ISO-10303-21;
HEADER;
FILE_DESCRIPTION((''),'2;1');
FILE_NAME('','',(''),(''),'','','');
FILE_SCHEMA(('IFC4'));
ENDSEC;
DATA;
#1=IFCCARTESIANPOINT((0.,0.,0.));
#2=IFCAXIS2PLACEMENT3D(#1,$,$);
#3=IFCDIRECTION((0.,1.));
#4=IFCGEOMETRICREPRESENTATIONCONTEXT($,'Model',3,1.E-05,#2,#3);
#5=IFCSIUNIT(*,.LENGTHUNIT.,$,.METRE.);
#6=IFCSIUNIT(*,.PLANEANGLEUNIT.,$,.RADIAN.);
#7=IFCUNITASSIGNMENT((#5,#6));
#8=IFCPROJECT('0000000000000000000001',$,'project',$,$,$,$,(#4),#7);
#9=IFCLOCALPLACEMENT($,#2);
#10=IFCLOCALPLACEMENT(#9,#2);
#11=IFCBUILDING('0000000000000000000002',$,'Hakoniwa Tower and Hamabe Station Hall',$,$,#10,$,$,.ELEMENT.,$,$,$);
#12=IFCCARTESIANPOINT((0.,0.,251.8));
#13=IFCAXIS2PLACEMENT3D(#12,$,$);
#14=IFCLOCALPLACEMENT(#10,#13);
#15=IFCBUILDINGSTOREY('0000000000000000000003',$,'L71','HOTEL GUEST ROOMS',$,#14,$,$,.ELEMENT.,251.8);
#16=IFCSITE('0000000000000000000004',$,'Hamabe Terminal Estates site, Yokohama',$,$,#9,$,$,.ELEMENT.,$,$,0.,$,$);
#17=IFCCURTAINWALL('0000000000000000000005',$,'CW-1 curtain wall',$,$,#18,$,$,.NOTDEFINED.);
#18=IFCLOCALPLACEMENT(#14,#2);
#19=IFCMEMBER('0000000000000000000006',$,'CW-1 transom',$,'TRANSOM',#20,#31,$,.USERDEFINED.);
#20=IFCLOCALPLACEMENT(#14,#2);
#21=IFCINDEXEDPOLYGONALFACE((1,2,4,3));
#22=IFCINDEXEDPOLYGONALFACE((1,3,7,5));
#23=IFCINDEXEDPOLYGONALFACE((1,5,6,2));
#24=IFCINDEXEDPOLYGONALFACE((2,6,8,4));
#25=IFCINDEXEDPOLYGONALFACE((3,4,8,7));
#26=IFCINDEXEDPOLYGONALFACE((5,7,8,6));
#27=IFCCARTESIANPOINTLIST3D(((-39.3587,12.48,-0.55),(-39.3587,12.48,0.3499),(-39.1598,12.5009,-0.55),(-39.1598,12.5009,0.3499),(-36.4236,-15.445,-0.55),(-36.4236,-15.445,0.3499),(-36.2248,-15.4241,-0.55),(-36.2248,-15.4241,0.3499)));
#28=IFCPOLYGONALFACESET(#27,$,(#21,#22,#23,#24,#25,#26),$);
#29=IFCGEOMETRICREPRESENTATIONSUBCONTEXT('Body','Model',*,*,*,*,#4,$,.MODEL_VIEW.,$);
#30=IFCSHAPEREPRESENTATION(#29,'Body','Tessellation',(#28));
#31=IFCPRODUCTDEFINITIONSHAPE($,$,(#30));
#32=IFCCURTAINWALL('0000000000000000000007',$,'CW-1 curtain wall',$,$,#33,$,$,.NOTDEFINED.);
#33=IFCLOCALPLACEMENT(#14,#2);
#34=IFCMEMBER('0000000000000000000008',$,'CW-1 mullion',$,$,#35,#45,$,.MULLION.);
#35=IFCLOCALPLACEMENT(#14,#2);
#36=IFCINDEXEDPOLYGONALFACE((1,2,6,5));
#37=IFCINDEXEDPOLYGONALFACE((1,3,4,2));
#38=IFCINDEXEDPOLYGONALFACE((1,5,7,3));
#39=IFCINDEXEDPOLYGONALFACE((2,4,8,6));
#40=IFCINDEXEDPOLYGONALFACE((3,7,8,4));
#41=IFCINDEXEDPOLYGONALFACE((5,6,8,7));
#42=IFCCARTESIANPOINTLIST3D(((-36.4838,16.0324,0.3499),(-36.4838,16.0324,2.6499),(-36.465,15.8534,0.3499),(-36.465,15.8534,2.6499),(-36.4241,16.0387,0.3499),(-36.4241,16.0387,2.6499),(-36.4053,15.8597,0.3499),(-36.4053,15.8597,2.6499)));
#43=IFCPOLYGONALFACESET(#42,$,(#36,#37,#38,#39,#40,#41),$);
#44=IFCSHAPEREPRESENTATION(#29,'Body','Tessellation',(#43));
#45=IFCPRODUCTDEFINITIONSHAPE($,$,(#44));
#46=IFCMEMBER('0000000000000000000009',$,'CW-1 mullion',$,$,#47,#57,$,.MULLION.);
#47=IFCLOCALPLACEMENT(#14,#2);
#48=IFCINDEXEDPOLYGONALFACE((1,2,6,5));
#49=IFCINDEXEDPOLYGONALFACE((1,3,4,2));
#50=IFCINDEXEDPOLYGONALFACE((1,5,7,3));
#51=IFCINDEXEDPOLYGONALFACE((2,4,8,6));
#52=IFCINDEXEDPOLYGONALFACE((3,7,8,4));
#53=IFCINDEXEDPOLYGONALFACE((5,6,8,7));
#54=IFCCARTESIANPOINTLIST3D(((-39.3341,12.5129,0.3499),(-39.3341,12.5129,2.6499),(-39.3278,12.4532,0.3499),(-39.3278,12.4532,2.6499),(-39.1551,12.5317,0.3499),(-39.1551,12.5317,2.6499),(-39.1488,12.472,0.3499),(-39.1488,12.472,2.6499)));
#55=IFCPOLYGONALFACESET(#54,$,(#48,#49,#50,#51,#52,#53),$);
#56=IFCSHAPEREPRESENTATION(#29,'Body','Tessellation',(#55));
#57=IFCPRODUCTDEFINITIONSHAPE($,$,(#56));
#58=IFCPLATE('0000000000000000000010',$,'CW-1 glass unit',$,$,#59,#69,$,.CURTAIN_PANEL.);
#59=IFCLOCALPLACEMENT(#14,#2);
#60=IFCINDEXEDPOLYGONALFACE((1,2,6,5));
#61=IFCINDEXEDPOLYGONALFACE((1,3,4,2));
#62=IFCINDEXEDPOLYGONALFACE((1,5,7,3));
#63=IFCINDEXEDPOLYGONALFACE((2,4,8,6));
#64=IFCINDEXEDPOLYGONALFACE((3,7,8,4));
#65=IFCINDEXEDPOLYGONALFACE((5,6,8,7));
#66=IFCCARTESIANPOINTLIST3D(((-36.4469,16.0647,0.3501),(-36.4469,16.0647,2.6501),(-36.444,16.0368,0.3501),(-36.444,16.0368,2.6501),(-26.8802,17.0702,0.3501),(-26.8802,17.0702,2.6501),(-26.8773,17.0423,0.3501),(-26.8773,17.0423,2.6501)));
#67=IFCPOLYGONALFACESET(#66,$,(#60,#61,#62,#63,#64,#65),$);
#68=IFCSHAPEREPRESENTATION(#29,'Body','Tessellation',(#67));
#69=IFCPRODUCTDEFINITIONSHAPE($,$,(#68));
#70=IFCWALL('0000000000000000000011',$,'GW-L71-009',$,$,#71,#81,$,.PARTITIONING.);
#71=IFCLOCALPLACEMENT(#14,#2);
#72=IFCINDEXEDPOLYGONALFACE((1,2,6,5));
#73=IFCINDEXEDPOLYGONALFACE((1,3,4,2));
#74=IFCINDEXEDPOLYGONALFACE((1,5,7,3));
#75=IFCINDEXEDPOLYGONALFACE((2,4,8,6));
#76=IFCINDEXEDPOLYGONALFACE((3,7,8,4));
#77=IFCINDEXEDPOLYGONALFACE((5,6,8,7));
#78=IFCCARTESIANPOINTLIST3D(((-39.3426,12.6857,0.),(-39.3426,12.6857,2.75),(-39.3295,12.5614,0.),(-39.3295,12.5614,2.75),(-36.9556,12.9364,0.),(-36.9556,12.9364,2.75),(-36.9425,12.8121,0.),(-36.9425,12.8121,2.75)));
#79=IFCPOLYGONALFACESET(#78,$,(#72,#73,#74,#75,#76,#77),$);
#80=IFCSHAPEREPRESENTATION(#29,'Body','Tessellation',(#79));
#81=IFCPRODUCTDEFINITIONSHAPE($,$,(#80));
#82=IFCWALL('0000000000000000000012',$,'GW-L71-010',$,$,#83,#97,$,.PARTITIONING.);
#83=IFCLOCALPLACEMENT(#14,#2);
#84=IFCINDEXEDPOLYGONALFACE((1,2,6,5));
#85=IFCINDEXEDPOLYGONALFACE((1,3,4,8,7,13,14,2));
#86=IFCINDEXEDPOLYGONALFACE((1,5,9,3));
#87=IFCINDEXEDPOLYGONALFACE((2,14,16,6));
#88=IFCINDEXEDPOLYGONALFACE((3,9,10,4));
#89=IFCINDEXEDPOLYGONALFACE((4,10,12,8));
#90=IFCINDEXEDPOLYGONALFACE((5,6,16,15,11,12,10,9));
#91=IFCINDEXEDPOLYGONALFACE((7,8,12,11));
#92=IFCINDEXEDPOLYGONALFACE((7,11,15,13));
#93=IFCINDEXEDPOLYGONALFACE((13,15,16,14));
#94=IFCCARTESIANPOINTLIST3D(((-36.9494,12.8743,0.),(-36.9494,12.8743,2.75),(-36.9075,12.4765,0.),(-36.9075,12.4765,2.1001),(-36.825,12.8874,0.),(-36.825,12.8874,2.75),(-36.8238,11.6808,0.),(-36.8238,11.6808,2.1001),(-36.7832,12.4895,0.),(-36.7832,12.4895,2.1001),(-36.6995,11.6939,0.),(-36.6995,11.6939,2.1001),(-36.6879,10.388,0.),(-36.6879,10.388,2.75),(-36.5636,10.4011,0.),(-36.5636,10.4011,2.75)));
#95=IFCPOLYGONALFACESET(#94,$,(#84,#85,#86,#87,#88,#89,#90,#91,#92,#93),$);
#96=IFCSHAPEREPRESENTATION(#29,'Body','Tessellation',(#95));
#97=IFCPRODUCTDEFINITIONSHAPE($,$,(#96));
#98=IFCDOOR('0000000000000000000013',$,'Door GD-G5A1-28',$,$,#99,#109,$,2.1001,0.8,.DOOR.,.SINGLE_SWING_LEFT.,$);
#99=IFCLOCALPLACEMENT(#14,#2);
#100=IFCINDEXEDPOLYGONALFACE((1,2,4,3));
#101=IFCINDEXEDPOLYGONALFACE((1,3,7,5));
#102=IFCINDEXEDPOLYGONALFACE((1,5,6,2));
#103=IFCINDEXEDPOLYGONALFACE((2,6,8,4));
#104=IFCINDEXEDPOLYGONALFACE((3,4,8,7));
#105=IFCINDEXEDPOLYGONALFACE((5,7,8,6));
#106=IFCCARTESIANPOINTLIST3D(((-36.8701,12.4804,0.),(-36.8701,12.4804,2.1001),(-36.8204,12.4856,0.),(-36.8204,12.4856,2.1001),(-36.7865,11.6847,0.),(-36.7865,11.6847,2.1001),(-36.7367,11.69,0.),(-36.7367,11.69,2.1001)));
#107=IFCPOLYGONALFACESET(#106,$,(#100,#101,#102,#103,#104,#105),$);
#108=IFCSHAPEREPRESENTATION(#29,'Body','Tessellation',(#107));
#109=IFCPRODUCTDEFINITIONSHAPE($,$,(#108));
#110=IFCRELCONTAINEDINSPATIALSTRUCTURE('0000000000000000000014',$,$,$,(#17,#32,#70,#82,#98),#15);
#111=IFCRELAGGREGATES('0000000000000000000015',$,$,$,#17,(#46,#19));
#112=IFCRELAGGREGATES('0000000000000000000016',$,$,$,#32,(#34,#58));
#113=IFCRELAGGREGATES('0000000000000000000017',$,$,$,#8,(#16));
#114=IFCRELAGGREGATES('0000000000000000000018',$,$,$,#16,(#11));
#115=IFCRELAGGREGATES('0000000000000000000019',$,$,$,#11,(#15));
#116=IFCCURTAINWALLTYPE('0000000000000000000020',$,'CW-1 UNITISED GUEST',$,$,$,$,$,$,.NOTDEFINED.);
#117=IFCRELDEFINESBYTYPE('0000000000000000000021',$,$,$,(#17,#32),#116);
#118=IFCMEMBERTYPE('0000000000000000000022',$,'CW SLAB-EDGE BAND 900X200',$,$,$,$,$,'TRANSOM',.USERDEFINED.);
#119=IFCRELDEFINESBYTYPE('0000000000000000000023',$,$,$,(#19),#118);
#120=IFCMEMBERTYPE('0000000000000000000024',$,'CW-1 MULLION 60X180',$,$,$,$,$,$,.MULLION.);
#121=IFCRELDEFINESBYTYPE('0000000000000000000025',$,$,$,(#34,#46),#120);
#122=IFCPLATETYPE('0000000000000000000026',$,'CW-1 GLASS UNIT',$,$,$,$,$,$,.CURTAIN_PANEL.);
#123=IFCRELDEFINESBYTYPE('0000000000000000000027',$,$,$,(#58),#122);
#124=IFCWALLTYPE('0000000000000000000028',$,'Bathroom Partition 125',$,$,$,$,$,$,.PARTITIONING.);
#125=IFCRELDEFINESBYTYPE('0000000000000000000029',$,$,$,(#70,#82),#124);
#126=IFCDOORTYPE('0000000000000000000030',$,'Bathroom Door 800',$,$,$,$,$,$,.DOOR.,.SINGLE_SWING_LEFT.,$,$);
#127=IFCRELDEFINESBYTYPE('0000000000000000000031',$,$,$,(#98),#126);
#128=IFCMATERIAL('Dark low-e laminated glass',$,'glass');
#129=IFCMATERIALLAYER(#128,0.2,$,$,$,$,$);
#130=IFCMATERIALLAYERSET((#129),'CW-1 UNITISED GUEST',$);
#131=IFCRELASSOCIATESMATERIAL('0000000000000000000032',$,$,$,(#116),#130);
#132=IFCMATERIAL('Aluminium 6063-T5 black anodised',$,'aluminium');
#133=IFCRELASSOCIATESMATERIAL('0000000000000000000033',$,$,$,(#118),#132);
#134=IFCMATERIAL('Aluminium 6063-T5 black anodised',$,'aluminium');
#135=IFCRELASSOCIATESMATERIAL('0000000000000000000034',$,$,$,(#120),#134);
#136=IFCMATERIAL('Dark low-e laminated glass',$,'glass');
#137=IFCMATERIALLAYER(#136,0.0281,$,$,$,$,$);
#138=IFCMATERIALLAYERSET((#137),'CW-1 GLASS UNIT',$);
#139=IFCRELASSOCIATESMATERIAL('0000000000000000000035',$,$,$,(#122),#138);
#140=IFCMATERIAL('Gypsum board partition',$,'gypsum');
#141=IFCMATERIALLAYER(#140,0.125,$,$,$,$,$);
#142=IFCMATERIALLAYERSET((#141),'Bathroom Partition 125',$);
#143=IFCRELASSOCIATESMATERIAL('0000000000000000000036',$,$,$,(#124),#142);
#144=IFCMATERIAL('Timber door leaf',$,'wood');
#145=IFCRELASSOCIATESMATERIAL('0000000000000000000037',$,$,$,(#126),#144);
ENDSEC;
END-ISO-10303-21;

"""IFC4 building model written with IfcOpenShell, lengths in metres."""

from ifc_helpers import new_model, si_unit, direction, frame, frame_2d, origin, origin_2d, place, context, subcontext, project, spatial, rectangle, extrude, material, layer, layer_set, material_profile, profile_set, type_object, element, fill, aggregate, save


model = new_model("IFC4")

# Units and contexts
model_context = context("Model", 3, precision=1e-05, world=origin(), true_north=direction((0.0, 1.0)))
body_context = subcontext(model_context, "Body", "Model", "MODEL_VIEW")
ifc_project = project(units=[si_unit("LENGTHUNIT", "METRE"), si_unit("PLANEANGLEUNIT", "RADIAN")], contexts=[model_context])

# Site, building, storey
site_placement = place(None, origin())
site = spatial("IfcSite", under=ifc_project, at=site_placement, Name="Hamabe Terminal Estates site, Yokohama", CompositionType="ELEMENT", RefElevation=0.0)
building_placement = place(site_placement, origin())
building = spatial("IfcBuilding", under=site, at=building_placement, Name="Hakoniwa Tower and Hamabe Station Hall", CompositionType="ELEMENT")
storey_placement = place(building_placement, frame((0.0, 0.0, 251.8)))
storey = spatial("IfcBuildingStorey", under=building, at=storey_placement, Name="L71", Description="HOTEL GUEST ROOMS", CompositionType="ELEMENT", Elevation=251.8)

# Curtain walls, members
ifc_material_1 = material(Name="Dark low-e laminated glass", Category="glass")
ifc_layer_1 = layer(ifc_material_1, 0.2)
ifc_layer_set_1 = layer_set([ifc_layer_1], Name="CW-1 UNITISED GUEST")
curtain_wall_type = type_object("IfcCurtainWallType", Name="CW-1 UNITISED GUEST", PredefinedType="NOTDEFINED", material=ifc_layer_set_1)
curtain_wall_1_placement = place(storey_placement, origin())
curtain_wall_1 = element("IfcCurtainWall", 1, at=curtain_wall_1_placement, inside=storey, type_object=curtain_wall_type, Name="CW-1 curtain wall", PredefinedType="NOTDEFINED")
ifc_material_2 = material(Name="Aluminium 6063-T5 black anodised", Category="aluminium")
ifc_material_profile_1 = material_profile(ifc_material_2, rectangle(XDim=0.2, YDim=0.8999, at=origin_2d()), Name="CW SLAB-EDGE BAND 900X200")
ifc_profile_set_1 = profile_set([ifc_material_profile_1], Name="Aluminium 6063-T5 black anodised")
member_type_1 = type_object("IfcMemberType", Name="CW SLAB-EDGE BAND 900X200", ElementType="TRANSOM", PredefinedType="USERDEFINED", material=ifc_profile_set_1)
member_1_placement = place(storey_placement, frame((-39.2593, 12.4905, -0.1001), z_axis=(0.104529, -0.994522, 0.0), x_axis=(0.994522, 0.104529, 0.0)))
member_1 = element("IfcMember", 2, at=member_1_placement, type_object=member_type_1, Name="CW-1 transom", ObjectType="TRANSOM", PredefinedType="USERDEFINED", context=body_context, shape_type="SweptSolid", body=[
    extrude(rectangle(XDim=0.2, YDim=0.8999, at=origin_2d()), origin(), (0.0, 0.0, 1.0), 28.0789),
])
curtain_wall_2_placement = place(storey_placement, origin())
curtain_wall_2 = element("IfcCurtainWall", 3, at=curtain_wall_2_placement, inside=storey, type_object=curtain_wall_type, Name="CW-1 curtain wall", PredefinedType="NOTDEFINED")
ifc_material_3 = material(Name="Aluminium 6063-T5 black anodised", Category="aluminium")
ifc_material_profile_2 = material_profile(ifc_material_3, rectangle(XDim=0.0601, YDim=0.1799, at=origin_2d()), Name="CW-1 MULLION 60X180")
ifc_profile_set_2 = profile_set([ifc_material_profile_2], Name="Aluminium 6063-T5 black anodised")
member_type_2 = type_object("IfcMemberType", Name="CW-1 MULLION 60X180", PredefinedType="MULLION", material=ifc_profile_set_2)
member_2_placement = place(storey_placement, frame((-36.4446, 15.946, 0.3499), z_axis=(0.0, 0.0, 1.0), x_axis=(-0.994522, -0.104528, 0.0)))
member_2 = element("IfcMember", 4, at=member_2_placement, type_object=member_type_2, Name="CW-1 mullion", PredefinedType="MULLION", context=body_context, shape_type="SweptSolid", body=[
    extrude(rectangle(XDim=0.0601, YDim=0.1799, at=origin_2d()), origin(), (0.0, 0.0, 1.0), 2.3),
])

# Member
member_3_placement = place(storey_placement, frame((-39.2415, 12.4924, 0.3499), z_axis=(0.0, 0.0, 1.0), x_axis=(0.104528, -0.994522, 0.0)))
member_3 = element("IfcMember", 5, at=member_3_placement, type_object=member_type_2, Name="CW-1 mullion", PredefinedType="MULLION", context=body_context, shape_type="SweptSolid", body=[
    extrude(rectangle(XDim=0.0601, YDim=0.1799, at=origin_2d()), origin(), (0.0, 0.0, 1.0), 2.3),
])
aggregate(curtain_wall_1, [member_3, member_1])

# Plate
ifc_material_4 = material(Name="Dark low-e laminated glass", Category="glass")
ifc_layer_2 = layer(ifc_material_4, 0.0281)
ifc_layer_set_2 = layer_set([ifc_layer_2], Name="CW-1 GLASS UNIT")
plate_type = type_object("IfcPlateType", Name="CW-1 GLASS UNIT", PredefinedType="CURTAIN_PANEL", material=ifc_layer_set_2)
plate_placement = place(storey_placement, frame((-31.6621, 16.5535, 0.3501), z_axis=(0.0, 0.0, 1.0), x_axis=(-0.994522, -0.104528, 0.0)))
plate = element("IfcPlate", 6, at=plate_placement, type_object=plate_type, Name="CW-1 glass unit", PredefinedType="CURTAIN_PANEL", context=body_context, shape_type="SweptSolid", body=[
    extrude(rectangle(XDim=9.6194, YDim=0.0281, at=origin_2d()), origin(), (0.0, 0.0, 1.0), 2.3),
])
aggregate(curtain_wall_2, [member_2, plate])

# Wall
ifc_material_5 = material(Name="Gypsum board partition", Category="gypsum")
ifc_layer_3 = layer(ifc_material_5, 0.125)
ifc_layer_set_3 = layer_set([ifc_layer_3], Name="Bathroom Partition 125")
wall_type_1 = type_object("IfcWallType", Name="Bathroom Partition 125", PredefinedType="PARTITIONING", material=ifc_layer_set_3)
wall_1_placement = place(storey_placement, frame((-39.3362, 12.6235, 0.0), z_axis=(0.0, 0.0, 1.0), x_axis=(0.994528, 0.104468, 0.0)))
element("IfcWall", 7, at=wall_1_placement, inside=storey, type_object=wall_type_1, Name="GW-L71-009", PredefinedType="PARTITIONING", context=body_context, shape_type="SweptSolid", body=[
    extrude(rectangle(XDim=2.4001, YDim=0.125, at=frame_2d((1.2002, 0.0))), origin(), (0.0, 0.0, 1.0), 2.75),
])

# Wall, opening, door
wall_2_placement = place(storey_placement, frame((-36.6257, 10.3945, 0.0), z_axis=(0.0, 0.0, 1.0), x_axis=(-0.104588, 0.994516, 0.0)))
wall_2 = element("IfcWall", 8, at=wall_2_placement, inside=storey, type_object=wall_type_1, Name="GW-L71-010", PredefinedType="PARTITIONING", context=body_context, shape_type="SweptSolid", body=[
    extrude(rectangle(XDim=2.5, YDim=0.125, at=frame_2d((1.25, 0.0))), origin(), (0.0, 0.0, 1.0), 2.75),
])
opening_1_placement = place(wall_2_placement, frame((1.3, 0.0, 0.0)))
opening_1 = element("IfcOpeningElement", 9, at=opening_1_placement, cuts=wall_2, PredefinedType="OPENING", context=body_context, shape_type="SweptSolid", body=[
    extrude(rectangle(XDim=0.8, YDim=2.1001, at=frame_2d((0.3999, 1.05))), frame((0.0, 0.0725, 0.0), z_axis=(0.0, -1.0, 0.0), x_axis=(1.0, 0.0, 0.0)), (0.0, 0.0, 1.0), 0.145),
])
ifc_material_6 = material(Name="Timber door leaf", Category="wood")
door_type_1 = type_object("IfcDoorType", Name="Bathroom Door 800", OperationType="SINGLE_SWING_LEFT", PredefinedType="DOOR", material=ifc_material_6)
door_1_placement = place(opening_1_placement, origin())
door_1 = element("IfcDoor", 10, at=door_1_placement, inside=storey, type_object=door_type_1, Name="Door GD-G5A1-28", OperationType="SINGLE_SWING_LEFT", OverallHeight=2.1001, OverallWidth=0.8, PredefinedType="DOOR", context=body_context, shape_type="SweptSolid", body=[
    extrude(rectangle(XDim=0.8, YDim=2.1001, at=frame_2d((0.3999, 1.05))), frame((0.0, 0.0249, 0.0), z_axis=(0.0, -1.0, 0.0), x_axis=(1.0, 0.0, 0.0)), (0.0, 0.0, 1.0), 0.05),
])
fill(opening_1, door_1)

save(model, "model.ifc")
